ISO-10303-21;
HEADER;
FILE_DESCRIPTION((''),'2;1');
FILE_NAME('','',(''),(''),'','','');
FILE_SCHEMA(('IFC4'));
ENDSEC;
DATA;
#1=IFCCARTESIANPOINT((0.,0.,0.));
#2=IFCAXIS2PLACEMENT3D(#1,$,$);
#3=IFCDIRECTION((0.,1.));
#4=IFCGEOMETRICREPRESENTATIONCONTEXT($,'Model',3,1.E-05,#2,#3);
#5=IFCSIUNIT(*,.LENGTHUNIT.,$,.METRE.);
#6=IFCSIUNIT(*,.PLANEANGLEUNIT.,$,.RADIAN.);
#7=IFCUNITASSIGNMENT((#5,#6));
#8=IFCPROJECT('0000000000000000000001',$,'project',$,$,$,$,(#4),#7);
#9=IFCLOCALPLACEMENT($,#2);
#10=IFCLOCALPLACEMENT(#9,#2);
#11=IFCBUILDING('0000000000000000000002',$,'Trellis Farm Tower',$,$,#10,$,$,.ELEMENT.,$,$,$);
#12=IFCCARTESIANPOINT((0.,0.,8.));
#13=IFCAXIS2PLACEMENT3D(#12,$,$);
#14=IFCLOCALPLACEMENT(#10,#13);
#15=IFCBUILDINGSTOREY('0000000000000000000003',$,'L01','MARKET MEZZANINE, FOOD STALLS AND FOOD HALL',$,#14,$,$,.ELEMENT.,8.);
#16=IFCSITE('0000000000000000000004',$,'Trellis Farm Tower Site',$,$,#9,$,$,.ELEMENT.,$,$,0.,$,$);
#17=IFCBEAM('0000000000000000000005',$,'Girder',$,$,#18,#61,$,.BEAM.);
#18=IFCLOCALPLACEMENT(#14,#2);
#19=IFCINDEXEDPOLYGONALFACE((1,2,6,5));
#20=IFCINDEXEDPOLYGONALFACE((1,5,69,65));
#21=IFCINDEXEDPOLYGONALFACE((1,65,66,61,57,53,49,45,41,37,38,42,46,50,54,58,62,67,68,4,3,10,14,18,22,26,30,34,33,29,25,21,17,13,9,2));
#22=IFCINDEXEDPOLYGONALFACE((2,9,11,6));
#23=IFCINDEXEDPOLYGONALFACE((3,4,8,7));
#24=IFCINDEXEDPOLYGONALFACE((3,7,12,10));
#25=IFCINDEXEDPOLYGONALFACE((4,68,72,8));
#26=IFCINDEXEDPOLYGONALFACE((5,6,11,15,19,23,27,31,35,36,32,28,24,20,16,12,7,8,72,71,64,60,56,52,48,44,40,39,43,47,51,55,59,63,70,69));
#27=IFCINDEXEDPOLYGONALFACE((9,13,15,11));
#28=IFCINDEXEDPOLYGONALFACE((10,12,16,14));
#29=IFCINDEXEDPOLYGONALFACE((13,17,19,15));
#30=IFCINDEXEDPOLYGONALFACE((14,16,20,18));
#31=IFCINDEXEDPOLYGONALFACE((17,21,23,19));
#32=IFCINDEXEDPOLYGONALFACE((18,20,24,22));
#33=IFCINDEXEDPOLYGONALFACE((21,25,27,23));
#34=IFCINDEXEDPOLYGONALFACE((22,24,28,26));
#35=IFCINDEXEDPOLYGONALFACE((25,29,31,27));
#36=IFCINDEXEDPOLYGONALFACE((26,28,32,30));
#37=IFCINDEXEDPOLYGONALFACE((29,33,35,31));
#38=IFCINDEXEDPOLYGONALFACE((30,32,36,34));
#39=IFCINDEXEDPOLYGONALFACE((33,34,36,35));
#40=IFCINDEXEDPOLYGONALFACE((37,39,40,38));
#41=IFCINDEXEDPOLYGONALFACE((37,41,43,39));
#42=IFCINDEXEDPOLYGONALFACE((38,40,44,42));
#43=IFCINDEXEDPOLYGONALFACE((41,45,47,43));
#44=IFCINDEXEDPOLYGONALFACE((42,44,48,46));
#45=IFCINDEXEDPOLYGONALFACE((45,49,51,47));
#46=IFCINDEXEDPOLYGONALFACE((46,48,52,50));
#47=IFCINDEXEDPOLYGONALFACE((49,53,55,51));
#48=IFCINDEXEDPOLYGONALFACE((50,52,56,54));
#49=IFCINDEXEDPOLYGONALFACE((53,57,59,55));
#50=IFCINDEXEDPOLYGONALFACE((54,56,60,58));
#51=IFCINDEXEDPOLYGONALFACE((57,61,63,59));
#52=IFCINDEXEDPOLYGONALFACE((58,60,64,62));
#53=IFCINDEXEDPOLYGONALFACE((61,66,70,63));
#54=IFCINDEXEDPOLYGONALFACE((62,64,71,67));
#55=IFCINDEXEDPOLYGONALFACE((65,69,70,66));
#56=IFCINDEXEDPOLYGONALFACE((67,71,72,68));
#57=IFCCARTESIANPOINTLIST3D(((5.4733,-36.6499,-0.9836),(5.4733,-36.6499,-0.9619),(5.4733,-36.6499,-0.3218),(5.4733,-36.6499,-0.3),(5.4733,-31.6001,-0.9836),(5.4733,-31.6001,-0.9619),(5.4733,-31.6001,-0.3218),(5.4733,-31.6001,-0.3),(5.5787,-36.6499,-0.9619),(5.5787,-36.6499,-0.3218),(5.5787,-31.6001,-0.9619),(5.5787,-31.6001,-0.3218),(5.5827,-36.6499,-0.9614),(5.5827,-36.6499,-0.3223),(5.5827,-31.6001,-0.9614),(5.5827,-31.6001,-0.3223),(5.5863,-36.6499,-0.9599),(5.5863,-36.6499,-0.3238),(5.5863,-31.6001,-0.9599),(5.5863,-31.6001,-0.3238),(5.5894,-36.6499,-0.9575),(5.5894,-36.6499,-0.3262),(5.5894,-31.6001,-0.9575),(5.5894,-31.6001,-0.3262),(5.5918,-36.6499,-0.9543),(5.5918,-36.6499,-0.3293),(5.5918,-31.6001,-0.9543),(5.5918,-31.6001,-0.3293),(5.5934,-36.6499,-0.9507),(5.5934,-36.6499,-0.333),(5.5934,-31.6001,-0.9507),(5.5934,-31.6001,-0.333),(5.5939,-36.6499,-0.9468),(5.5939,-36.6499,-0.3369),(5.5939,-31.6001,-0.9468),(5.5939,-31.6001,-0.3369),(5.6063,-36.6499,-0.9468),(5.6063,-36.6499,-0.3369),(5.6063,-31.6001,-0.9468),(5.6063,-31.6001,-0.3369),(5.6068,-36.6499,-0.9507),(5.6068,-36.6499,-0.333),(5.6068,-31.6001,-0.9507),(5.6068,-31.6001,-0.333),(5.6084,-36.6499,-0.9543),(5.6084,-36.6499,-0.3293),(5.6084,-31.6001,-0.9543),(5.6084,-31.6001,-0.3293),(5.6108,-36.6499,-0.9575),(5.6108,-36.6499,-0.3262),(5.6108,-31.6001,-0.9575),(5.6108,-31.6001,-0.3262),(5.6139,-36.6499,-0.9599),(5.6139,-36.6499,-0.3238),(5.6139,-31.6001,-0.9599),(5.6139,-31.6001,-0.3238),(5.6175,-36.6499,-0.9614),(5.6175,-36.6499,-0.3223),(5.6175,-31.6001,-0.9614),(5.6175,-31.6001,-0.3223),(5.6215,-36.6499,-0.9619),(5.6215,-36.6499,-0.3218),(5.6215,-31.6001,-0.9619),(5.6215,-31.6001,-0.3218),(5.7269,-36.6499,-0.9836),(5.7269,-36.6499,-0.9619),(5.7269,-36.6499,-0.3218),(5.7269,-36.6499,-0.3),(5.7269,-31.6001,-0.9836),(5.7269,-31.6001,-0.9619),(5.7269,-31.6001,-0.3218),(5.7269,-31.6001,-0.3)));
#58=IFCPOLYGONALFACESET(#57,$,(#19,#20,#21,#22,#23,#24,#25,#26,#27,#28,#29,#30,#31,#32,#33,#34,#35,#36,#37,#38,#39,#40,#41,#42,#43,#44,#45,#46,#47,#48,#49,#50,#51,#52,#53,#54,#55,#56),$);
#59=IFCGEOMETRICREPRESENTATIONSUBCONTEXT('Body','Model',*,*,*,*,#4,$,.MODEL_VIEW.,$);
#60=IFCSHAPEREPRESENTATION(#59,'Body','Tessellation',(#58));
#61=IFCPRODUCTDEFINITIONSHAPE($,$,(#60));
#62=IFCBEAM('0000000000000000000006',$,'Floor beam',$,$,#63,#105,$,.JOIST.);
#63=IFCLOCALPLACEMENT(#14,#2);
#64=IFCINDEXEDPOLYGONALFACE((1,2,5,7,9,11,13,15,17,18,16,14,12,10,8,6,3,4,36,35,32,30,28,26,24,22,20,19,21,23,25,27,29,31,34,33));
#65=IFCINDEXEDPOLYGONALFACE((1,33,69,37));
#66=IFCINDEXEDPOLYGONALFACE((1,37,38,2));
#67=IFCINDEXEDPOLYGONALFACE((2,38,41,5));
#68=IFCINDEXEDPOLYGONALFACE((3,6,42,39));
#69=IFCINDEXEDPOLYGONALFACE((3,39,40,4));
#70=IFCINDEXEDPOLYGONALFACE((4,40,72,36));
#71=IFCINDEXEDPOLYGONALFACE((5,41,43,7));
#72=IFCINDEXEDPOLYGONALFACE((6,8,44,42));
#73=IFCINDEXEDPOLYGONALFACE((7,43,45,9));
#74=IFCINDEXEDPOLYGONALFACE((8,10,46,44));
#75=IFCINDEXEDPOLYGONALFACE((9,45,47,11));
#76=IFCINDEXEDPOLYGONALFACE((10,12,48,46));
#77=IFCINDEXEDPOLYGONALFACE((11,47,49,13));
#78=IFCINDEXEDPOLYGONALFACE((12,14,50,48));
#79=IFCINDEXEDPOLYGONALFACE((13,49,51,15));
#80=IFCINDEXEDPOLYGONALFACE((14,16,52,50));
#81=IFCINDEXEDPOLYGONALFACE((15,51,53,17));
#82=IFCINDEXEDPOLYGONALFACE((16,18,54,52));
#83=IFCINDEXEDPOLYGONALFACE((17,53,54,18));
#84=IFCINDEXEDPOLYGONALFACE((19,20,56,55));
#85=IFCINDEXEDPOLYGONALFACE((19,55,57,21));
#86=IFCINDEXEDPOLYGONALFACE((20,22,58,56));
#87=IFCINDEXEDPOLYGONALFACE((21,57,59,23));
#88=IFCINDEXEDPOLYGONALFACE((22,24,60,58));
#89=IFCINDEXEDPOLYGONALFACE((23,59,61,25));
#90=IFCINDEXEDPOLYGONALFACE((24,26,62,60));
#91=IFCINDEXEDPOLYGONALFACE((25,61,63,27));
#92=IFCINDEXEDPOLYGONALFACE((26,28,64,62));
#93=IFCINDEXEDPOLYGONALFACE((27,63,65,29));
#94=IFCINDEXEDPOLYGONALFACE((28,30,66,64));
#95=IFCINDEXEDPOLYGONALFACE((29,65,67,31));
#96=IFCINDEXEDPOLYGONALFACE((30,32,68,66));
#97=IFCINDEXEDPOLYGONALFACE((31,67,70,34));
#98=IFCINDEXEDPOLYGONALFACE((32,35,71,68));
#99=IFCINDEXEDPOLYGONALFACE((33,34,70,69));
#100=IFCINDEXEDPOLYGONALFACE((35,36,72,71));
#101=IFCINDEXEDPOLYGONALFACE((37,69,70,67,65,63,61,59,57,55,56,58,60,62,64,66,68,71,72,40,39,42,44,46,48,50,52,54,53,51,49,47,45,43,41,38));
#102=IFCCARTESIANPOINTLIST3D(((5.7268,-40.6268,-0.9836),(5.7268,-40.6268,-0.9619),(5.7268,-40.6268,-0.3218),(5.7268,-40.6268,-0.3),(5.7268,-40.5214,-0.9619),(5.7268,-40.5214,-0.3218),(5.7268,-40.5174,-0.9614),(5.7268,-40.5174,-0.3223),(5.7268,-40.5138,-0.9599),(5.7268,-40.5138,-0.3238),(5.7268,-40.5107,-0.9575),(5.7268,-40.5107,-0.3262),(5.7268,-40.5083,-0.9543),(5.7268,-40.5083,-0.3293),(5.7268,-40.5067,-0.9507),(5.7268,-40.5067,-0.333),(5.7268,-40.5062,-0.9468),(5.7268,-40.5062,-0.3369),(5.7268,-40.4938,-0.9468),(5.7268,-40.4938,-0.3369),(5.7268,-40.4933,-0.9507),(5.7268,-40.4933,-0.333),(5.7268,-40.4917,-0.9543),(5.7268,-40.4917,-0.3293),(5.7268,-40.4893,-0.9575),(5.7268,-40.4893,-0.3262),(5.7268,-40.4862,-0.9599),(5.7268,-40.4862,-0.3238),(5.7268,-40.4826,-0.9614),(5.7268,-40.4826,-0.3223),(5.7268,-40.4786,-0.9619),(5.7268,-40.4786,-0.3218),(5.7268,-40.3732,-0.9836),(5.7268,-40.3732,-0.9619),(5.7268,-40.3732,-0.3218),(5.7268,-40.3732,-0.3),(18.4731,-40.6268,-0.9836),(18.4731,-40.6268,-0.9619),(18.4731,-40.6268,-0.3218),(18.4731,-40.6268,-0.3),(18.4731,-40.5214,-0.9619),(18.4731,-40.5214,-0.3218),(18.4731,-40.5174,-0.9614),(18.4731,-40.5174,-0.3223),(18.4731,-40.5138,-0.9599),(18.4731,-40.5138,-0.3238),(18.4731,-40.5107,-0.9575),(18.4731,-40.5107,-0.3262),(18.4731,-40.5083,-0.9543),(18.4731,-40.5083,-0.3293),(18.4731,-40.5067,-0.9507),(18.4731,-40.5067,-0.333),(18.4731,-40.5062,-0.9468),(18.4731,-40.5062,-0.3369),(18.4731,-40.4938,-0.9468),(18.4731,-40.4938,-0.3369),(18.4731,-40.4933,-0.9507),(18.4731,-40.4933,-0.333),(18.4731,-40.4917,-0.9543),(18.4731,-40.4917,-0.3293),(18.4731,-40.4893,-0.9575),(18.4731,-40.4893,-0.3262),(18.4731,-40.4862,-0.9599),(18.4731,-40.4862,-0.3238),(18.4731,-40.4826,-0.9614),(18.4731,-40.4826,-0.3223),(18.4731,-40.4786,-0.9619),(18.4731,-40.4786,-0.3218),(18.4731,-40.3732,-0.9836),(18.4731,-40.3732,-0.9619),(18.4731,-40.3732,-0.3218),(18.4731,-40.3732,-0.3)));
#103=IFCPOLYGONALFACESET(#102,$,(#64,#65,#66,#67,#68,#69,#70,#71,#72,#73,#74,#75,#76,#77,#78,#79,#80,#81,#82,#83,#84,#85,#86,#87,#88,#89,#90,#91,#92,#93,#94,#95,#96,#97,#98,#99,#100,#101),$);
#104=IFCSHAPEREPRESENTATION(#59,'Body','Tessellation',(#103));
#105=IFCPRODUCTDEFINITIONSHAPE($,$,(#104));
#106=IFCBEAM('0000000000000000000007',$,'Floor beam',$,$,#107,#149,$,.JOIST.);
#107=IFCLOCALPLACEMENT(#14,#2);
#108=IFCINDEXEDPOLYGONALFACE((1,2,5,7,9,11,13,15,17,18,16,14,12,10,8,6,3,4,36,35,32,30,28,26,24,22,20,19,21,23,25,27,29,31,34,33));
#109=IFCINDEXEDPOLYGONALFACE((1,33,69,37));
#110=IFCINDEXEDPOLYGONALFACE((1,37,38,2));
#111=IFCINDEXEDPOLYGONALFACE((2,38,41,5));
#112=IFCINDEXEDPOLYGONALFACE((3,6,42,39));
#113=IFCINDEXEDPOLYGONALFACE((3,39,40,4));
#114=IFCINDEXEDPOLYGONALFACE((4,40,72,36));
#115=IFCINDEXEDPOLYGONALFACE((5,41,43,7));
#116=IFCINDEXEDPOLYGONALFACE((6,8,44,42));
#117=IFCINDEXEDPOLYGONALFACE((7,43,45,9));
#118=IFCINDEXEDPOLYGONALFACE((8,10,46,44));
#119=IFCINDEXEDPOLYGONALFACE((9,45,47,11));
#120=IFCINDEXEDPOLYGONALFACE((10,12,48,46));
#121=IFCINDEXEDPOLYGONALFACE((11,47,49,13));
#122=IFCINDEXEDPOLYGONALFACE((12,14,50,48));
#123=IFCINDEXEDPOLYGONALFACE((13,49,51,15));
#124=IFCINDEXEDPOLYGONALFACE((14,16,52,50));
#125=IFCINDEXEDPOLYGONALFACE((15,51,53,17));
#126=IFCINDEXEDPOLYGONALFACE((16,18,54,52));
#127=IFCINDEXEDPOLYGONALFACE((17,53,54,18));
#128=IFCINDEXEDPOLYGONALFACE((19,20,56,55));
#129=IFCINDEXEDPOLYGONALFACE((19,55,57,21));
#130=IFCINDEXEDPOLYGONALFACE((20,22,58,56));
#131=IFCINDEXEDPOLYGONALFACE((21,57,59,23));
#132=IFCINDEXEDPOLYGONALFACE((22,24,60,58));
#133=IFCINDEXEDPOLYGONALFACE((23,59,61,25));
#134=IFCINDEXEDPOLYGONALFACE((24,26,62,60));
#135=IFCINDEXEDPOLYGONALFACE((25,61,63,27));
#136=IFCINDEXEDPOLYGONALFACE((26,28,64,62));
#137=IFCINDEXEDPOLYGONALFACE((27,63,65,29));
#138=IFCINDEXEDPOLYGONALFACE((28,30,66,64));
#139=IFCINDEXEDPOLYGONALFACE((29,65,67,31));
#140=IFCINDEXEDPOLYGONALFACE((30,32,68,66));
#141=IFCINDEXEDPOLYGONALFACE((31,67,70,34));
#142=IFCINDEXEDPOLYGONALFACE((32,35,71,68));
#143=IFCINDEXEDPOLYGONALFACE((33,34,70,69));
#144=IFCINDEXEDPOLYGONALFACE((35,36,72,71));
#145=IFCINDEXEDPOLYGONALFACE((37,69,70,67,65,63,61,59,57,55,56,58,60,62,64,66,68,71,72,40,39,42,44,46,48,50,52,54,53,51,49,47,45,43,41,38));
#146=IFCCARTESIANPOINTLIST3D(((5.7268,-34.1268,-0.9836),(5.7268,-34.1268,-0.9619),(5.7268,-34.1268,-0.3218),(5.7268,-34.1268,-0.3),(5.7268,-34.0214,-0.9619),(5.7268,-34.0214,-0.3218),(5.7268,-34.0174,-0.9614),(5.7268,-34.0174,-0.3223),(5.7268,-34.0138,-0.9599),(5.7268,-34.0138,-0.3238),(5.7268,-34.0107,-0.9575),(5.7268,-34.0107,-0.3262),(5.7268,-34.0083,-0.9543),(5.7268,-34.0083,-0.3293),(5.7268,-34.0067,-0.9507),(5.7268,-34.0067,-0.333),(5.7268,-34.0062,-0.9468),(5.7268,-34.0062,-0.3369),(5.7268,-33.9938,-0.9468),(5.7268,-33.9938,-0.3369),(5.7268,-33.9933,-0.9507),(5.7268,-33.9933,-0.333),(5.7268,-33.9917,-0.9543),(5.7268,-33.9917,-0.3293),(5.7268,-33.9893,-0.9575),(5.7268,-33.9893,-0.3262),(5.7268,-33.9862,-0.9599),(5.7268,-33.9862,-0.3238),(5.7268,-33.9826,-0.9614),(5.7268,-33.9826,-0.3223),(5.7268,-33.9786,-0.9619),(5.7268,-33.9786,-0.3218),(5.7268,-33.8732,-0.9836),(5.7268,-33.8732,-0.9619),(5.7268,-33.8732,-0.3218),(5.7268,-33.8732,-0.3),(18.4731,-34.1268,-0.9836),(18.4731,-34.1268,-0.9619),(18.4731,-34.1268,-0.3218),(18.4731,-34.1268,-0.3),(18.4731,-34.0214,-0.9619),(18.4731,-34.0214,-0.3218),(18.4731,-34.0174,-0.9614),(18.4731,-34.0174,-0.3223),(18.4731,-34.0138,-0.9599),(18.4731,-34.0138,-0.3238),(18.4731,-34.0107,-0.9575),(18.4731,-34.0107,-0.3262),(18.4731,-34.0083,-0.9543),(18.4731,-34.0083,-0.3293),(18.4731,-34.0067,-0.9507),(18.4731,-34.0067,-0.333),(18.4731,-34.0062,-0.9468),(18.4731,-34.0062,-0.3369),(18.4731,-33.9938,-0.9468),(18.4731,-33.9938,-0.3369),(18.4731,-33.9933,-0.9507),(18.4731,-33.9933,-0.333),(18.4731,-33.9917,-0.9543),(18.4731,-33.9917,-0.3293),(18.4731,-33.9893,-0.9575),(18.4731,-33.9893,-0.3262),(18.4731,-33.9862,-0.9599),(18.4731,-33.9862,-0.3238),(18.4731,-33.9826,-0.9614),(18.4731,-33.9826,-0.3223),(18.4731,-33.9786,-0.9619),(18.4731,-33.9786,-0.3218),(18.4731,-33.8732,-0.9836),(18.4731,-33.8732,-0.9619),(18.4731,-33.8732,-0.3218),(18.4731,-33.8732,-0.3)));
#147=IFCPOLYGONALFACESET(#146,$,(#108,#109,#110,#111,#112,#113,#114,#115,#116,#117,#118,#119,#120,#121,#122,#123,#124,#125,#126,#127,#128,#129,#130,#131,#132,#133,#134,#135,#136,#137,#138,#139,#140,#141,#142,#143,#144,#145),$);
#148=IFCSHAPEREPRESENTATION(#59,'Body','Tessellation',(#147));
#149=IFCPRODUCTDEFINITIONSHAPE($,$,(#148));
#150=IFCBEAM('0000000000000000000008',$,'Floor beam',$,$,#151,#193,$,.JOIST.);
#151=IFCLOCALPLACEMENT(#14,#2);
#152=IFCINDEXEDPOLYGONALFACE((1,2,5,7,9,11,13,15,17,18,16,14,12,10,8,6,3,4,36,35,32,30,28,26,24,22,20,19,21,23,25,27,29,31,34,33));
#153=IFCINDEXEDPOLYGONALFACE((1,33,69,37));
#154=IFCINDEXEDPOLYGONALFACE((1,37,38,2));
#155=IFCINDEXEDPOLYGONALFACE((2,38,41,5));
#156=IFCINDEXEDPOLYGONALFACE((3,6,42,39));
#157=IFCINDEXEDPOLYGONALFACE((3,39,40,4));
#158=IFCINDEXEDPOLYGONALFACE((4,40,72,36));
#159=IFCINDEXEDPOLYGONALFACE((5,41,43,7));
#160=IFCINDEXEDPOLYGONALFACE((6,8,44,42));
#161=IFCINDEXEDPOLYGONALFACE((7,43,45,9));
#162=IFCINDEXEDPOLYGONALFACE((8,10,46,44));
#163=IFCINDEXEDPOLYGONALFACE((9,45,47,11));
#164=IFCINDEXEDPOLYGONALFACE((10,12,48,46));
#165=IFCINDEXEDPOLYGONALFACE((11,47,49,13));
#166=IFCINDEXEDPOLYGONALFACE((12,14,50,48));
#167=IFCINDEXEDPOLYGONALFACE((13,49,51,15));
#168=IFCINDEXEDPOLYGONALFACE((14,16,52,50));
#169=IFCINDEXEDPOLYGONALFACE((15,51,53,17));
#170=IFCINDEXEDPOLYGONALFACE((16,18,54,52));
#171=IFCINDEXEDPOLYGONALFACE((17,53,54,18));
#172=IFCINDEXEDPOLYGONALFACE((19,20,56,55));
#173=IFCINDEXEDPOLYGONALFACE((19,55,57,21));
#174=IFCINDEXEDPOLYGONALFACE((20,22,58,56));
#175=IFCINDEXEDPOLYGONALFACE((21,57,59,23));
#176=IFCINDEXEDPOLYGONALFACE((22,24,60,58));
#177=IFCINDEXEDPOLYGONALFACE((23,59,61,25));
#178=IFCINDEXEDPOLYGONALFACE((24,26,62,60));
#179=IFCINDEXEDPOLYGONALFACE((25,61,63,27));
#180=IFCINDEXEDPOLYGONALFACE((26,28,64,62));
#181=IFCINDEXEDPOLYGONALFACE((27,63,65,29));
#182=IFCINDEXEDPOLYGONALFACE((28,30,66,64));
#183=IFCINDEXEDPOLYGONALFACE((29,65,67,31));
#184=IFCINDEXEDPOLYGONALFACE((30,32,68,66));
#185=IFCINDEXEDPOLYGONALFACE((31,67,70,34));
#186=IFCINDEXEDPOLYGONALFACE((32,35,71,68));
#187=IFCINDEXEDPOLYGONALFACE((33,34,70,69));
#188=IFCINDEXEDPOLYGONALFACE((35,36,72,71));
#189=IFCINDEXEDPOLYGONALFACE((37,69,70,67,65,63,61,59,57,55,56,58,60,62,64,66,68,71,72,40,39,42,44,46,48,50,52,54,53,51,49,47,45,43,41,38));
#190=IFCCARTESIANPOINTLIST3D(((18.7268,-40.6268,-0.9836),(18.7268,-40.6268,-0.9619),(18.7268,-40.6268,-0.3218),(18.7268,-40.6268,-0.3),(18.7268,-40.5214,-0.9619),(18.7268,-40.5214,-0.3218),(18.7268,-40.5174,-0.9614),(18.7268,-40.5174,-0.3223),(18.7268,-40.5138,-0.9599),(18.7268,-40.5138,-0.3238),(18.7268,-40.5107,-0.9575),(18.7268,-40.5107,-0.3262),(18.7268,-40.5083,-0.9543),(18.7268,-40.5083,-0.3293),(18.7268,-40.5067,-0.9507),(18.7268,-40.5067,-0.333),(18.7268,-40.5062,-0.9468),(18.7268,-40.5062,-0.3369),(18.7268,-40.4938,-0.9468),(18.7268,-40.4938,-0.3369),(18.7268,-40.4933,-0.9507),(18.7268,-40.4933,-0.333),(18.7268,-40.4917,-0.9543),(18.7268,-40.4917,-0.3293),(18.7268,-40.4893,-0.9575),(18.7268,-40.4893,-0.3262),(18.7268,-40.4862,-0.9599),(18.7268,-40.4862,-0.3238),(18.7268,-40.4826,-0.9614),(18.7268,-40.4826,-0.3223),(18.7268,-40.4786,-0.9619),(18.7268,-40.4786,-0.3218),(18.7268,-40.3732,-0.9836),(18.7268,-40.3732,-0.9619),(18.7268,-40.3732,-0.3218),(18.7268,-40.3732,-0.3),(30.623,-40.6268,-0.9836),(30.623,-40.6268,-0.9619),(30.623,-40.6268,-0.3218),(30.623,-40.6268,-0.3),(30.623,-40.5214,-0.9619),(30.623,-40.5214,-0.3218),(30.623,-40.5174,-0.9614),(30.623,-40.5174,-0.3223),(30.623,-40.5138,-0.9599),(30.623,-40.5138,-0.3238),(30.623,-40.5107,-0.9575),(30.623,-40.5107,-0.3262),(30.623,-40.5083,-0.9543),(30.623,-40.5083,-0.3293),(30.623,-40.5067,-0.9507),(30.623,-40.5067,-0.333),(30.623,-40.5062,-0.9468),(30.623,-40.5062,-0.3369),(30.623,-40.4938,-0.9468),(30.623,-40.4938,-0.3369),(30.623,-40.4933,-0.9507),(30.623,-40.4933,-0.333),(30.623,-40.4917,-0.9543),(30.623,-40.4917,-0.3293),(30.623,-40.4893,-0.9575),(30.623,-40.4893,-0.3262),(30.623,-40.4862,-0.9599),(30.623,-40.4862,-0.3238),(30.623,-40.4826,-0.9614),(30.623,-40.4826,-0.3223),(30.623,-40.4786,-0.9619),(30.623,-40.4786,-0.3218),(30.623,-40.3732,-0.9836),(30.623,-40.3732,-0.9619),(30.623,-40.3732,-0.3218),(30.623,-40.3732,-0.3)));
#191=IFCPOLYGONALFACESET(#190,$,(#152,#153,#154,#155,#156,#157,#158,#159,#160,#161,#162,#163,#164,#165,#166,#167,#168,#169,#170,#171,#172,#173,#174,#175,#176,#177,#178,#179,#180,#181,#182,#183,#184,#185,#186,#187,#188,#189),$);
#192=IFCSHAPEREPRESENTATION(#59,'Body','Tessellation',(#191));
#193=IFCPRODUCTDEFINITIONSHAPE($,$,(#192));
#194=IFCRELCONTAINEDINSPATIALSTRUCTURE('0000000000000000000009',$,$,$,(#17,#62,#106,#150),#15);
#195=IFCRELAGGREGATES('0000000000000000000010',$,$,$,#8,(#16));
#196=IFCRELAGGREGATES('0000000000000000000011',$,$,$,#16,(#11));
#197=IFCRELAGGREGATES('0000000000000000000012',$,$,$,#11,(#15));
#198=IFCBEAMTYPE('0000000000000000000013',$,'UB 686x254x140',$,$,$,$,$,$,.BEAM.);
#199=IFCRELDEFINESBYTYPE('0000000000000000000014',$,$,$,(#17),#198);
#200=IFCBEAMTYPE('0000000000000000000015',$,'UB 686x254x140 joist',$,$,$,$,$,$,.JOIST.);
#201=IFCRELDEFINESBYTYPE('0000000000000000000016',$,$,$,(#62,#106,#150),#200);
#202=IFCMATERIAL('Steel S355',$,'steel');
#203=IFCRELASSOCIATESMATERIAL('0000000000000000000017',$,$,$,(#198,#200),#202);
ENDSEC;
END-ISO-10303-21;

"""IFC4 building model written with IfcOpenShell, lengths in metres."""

from ifc_helpers import new_model, si_unit, direction, frame, origin, origin_2d, place, context, subcontext, project, spatial, i_section, extrude, source, transform, mapped, material, material_profile, profile_set, type_object, element, save


model = new_model("IFC4")

# Units and contexts
model_context = context("Model", 3, precision=1e-05, world=origin(), true_north=direction((0.0, 1.0)))
body_context = subcontext(model_context, "Body", "Model", "MODEL_VIEW")
ifc_project = project(units=[si_unit("LENGTHUNIT", "METRE"), si_unit("PLANEANGLEUNIT", "RADIAN")], contexts=[model_context])

# Site, building, storey
site_placement = place(None, origin())
site = spatial("IfcSite", under=ifc_project, at=site_placement, Name="Trellis Farm Tower Site", CompositionType="ELEMENT", RefElevation=0.0)
building_placement = place(site_placement, origin())
building = spatial("IfcBuilding", under=site, at=building_placement, Name="Trellis Farm Tower", CompositionType="ELEMENT")
storey_placement = place(building_placement, frame((0.0, 0.0, 8.0)))
storey = spatial("IfcBuildingStorey", under=building, at=storey_placement, Name="L01", Description="MARKET MEZZANINE, FOOD STALLS AND FOOD HALL", CompositionType="ELEMENT", Elevation=8.0)

# Beams
ifc_material_1 = material(Name="Steel S355", Category="steel")
ifc_material_profile_1 = material_profile(ifc_material_1, i_section(OverallWidth=0.2537, OverallDepth=0.6836, WebThickness=0.0125, FlangeThickness=0.0217, FilletRadius=0.0151, at=origin_2d()), Name="UB 686x254x140")
ifc_profile_set_1 = profile_set([ifc_material_profile_1], Name="Steel S355")
beam_type_1 = type_object("IfcBeamType", Name="UB 686x254x140", PredefinedType="BEAM", material=ifc_profile_set_1)
shared_shape_1 = source(origin(), body_context, "Body", "SweptSolid", [
    extrude(i_section(OverallWidth=0.2537, OverallDepth=0.6836, WebThickness=0.0125, FlangeThickness=0.0217, FilletRadius=0.0151, at=origin_2d()), origin(), (0.0, 0.0, 1.0), 5.0498),
])
beam_1_placement = place(storey_placement, frame((5.6001, -36.6499, -0.6418), z_axis=(0.0, 1.0, 0.0), x_axis=(-1.0, 0.0, 0.0)))
element("IfcBeam", 1, at=beam_1_placement, inside=storey, type_object=beam_type_1, Name="Girder", PredefinedType="BEAM", context=body_context, shape_type="MappedRepresentation", body=[
    mapped(shared_shape_1, transform((0.0, 0.0, 0.0))),
])
ifc_material_profile_2 = material_profile(ifc_material_1, i_section(OverallWidth=0.2537, OverallDepth=0.6836, WebThickness=0.0125, FlangeThickness=0.0217, FilletRadius=0.0151, at=origin_2d()), Name="UB 686x254x140")
ifc_profile_set_2 = profile_set([ifc_material_profile_2], Name="Steel S355")
beam_type_2 = type_object("IfcBeamType", Name="UB 686x254x140 joist", PredefinedType="JOIST", material=ifc_profile_set_2)
shared_shape_2 = source(origin(), body_context, "Body", "SweptSolid", [
    extrude(i_section(OverallWidth=0.2537, OverallDepth=0.6836, WebThickness=0.0125, FlangeThickness=0.0217, FilletRadius=0.0151, at=origin_2d()), origin(), (0.0, 0.0, 1.0), 12.7463),
])
for number, where, z_axis, x_axis, name in (
    (2, (5.7268, -40.5, -0.6418), (1.0, 0.0, 0.0), (0.0, 1.0, 0.0), "Floor beam"),
    (3, (5.7268, -34.0, -0.6418), (1.0, 0.0, 0.0), (0.0, 1.0, 0.0), "Floor beam"),
):
    element("IfcBeam", number, at=place(storey_placement, frame(where, z_axis=z_axis, x_axis=x_axis)), inside=storey, type_object=beam_type_2, Name=name, PredefinedType="JOIST", context=body_context, shape_type="MappedRepresentation", body=[
        mapped(shared_shape_2, transform((0.0, 0.0, 0.0))),
    ])
shared_shape_3 = source(origin(), body_context, "Body", "SweptSolid", [
    extrude(i_section(OverallWidth=0.2537, OverallDepth=0.6836, WebThickness=0.0125, FlangeThickness=0.0217, FilletRadius=0.0151, at=origin_2d()), origin(), (0.0, 0.0, 1.0), 11.8962),
])
for number, where, z_axis, x_axis, name in (
    (4, (18.7268, -40.5, -0.6418), (1.0, 0.0, 0.0), (0.0, 1.0, 0.0), "Floor beam"),
):
    element("IfcBeam", number, at=place(storey_placement, frame(where, z_axis=z_axis, x_axis=x_axis)), inside=storey, type_object=beam_type_2, Name=name, PredefinedType="JOIST", context=body_context, shape_type="MappedRepresentation", body=[
        mapped(shared_shape_3, transform((0.0, 0.0, 0.0))),
    ])

save(model, "model.ifc")
